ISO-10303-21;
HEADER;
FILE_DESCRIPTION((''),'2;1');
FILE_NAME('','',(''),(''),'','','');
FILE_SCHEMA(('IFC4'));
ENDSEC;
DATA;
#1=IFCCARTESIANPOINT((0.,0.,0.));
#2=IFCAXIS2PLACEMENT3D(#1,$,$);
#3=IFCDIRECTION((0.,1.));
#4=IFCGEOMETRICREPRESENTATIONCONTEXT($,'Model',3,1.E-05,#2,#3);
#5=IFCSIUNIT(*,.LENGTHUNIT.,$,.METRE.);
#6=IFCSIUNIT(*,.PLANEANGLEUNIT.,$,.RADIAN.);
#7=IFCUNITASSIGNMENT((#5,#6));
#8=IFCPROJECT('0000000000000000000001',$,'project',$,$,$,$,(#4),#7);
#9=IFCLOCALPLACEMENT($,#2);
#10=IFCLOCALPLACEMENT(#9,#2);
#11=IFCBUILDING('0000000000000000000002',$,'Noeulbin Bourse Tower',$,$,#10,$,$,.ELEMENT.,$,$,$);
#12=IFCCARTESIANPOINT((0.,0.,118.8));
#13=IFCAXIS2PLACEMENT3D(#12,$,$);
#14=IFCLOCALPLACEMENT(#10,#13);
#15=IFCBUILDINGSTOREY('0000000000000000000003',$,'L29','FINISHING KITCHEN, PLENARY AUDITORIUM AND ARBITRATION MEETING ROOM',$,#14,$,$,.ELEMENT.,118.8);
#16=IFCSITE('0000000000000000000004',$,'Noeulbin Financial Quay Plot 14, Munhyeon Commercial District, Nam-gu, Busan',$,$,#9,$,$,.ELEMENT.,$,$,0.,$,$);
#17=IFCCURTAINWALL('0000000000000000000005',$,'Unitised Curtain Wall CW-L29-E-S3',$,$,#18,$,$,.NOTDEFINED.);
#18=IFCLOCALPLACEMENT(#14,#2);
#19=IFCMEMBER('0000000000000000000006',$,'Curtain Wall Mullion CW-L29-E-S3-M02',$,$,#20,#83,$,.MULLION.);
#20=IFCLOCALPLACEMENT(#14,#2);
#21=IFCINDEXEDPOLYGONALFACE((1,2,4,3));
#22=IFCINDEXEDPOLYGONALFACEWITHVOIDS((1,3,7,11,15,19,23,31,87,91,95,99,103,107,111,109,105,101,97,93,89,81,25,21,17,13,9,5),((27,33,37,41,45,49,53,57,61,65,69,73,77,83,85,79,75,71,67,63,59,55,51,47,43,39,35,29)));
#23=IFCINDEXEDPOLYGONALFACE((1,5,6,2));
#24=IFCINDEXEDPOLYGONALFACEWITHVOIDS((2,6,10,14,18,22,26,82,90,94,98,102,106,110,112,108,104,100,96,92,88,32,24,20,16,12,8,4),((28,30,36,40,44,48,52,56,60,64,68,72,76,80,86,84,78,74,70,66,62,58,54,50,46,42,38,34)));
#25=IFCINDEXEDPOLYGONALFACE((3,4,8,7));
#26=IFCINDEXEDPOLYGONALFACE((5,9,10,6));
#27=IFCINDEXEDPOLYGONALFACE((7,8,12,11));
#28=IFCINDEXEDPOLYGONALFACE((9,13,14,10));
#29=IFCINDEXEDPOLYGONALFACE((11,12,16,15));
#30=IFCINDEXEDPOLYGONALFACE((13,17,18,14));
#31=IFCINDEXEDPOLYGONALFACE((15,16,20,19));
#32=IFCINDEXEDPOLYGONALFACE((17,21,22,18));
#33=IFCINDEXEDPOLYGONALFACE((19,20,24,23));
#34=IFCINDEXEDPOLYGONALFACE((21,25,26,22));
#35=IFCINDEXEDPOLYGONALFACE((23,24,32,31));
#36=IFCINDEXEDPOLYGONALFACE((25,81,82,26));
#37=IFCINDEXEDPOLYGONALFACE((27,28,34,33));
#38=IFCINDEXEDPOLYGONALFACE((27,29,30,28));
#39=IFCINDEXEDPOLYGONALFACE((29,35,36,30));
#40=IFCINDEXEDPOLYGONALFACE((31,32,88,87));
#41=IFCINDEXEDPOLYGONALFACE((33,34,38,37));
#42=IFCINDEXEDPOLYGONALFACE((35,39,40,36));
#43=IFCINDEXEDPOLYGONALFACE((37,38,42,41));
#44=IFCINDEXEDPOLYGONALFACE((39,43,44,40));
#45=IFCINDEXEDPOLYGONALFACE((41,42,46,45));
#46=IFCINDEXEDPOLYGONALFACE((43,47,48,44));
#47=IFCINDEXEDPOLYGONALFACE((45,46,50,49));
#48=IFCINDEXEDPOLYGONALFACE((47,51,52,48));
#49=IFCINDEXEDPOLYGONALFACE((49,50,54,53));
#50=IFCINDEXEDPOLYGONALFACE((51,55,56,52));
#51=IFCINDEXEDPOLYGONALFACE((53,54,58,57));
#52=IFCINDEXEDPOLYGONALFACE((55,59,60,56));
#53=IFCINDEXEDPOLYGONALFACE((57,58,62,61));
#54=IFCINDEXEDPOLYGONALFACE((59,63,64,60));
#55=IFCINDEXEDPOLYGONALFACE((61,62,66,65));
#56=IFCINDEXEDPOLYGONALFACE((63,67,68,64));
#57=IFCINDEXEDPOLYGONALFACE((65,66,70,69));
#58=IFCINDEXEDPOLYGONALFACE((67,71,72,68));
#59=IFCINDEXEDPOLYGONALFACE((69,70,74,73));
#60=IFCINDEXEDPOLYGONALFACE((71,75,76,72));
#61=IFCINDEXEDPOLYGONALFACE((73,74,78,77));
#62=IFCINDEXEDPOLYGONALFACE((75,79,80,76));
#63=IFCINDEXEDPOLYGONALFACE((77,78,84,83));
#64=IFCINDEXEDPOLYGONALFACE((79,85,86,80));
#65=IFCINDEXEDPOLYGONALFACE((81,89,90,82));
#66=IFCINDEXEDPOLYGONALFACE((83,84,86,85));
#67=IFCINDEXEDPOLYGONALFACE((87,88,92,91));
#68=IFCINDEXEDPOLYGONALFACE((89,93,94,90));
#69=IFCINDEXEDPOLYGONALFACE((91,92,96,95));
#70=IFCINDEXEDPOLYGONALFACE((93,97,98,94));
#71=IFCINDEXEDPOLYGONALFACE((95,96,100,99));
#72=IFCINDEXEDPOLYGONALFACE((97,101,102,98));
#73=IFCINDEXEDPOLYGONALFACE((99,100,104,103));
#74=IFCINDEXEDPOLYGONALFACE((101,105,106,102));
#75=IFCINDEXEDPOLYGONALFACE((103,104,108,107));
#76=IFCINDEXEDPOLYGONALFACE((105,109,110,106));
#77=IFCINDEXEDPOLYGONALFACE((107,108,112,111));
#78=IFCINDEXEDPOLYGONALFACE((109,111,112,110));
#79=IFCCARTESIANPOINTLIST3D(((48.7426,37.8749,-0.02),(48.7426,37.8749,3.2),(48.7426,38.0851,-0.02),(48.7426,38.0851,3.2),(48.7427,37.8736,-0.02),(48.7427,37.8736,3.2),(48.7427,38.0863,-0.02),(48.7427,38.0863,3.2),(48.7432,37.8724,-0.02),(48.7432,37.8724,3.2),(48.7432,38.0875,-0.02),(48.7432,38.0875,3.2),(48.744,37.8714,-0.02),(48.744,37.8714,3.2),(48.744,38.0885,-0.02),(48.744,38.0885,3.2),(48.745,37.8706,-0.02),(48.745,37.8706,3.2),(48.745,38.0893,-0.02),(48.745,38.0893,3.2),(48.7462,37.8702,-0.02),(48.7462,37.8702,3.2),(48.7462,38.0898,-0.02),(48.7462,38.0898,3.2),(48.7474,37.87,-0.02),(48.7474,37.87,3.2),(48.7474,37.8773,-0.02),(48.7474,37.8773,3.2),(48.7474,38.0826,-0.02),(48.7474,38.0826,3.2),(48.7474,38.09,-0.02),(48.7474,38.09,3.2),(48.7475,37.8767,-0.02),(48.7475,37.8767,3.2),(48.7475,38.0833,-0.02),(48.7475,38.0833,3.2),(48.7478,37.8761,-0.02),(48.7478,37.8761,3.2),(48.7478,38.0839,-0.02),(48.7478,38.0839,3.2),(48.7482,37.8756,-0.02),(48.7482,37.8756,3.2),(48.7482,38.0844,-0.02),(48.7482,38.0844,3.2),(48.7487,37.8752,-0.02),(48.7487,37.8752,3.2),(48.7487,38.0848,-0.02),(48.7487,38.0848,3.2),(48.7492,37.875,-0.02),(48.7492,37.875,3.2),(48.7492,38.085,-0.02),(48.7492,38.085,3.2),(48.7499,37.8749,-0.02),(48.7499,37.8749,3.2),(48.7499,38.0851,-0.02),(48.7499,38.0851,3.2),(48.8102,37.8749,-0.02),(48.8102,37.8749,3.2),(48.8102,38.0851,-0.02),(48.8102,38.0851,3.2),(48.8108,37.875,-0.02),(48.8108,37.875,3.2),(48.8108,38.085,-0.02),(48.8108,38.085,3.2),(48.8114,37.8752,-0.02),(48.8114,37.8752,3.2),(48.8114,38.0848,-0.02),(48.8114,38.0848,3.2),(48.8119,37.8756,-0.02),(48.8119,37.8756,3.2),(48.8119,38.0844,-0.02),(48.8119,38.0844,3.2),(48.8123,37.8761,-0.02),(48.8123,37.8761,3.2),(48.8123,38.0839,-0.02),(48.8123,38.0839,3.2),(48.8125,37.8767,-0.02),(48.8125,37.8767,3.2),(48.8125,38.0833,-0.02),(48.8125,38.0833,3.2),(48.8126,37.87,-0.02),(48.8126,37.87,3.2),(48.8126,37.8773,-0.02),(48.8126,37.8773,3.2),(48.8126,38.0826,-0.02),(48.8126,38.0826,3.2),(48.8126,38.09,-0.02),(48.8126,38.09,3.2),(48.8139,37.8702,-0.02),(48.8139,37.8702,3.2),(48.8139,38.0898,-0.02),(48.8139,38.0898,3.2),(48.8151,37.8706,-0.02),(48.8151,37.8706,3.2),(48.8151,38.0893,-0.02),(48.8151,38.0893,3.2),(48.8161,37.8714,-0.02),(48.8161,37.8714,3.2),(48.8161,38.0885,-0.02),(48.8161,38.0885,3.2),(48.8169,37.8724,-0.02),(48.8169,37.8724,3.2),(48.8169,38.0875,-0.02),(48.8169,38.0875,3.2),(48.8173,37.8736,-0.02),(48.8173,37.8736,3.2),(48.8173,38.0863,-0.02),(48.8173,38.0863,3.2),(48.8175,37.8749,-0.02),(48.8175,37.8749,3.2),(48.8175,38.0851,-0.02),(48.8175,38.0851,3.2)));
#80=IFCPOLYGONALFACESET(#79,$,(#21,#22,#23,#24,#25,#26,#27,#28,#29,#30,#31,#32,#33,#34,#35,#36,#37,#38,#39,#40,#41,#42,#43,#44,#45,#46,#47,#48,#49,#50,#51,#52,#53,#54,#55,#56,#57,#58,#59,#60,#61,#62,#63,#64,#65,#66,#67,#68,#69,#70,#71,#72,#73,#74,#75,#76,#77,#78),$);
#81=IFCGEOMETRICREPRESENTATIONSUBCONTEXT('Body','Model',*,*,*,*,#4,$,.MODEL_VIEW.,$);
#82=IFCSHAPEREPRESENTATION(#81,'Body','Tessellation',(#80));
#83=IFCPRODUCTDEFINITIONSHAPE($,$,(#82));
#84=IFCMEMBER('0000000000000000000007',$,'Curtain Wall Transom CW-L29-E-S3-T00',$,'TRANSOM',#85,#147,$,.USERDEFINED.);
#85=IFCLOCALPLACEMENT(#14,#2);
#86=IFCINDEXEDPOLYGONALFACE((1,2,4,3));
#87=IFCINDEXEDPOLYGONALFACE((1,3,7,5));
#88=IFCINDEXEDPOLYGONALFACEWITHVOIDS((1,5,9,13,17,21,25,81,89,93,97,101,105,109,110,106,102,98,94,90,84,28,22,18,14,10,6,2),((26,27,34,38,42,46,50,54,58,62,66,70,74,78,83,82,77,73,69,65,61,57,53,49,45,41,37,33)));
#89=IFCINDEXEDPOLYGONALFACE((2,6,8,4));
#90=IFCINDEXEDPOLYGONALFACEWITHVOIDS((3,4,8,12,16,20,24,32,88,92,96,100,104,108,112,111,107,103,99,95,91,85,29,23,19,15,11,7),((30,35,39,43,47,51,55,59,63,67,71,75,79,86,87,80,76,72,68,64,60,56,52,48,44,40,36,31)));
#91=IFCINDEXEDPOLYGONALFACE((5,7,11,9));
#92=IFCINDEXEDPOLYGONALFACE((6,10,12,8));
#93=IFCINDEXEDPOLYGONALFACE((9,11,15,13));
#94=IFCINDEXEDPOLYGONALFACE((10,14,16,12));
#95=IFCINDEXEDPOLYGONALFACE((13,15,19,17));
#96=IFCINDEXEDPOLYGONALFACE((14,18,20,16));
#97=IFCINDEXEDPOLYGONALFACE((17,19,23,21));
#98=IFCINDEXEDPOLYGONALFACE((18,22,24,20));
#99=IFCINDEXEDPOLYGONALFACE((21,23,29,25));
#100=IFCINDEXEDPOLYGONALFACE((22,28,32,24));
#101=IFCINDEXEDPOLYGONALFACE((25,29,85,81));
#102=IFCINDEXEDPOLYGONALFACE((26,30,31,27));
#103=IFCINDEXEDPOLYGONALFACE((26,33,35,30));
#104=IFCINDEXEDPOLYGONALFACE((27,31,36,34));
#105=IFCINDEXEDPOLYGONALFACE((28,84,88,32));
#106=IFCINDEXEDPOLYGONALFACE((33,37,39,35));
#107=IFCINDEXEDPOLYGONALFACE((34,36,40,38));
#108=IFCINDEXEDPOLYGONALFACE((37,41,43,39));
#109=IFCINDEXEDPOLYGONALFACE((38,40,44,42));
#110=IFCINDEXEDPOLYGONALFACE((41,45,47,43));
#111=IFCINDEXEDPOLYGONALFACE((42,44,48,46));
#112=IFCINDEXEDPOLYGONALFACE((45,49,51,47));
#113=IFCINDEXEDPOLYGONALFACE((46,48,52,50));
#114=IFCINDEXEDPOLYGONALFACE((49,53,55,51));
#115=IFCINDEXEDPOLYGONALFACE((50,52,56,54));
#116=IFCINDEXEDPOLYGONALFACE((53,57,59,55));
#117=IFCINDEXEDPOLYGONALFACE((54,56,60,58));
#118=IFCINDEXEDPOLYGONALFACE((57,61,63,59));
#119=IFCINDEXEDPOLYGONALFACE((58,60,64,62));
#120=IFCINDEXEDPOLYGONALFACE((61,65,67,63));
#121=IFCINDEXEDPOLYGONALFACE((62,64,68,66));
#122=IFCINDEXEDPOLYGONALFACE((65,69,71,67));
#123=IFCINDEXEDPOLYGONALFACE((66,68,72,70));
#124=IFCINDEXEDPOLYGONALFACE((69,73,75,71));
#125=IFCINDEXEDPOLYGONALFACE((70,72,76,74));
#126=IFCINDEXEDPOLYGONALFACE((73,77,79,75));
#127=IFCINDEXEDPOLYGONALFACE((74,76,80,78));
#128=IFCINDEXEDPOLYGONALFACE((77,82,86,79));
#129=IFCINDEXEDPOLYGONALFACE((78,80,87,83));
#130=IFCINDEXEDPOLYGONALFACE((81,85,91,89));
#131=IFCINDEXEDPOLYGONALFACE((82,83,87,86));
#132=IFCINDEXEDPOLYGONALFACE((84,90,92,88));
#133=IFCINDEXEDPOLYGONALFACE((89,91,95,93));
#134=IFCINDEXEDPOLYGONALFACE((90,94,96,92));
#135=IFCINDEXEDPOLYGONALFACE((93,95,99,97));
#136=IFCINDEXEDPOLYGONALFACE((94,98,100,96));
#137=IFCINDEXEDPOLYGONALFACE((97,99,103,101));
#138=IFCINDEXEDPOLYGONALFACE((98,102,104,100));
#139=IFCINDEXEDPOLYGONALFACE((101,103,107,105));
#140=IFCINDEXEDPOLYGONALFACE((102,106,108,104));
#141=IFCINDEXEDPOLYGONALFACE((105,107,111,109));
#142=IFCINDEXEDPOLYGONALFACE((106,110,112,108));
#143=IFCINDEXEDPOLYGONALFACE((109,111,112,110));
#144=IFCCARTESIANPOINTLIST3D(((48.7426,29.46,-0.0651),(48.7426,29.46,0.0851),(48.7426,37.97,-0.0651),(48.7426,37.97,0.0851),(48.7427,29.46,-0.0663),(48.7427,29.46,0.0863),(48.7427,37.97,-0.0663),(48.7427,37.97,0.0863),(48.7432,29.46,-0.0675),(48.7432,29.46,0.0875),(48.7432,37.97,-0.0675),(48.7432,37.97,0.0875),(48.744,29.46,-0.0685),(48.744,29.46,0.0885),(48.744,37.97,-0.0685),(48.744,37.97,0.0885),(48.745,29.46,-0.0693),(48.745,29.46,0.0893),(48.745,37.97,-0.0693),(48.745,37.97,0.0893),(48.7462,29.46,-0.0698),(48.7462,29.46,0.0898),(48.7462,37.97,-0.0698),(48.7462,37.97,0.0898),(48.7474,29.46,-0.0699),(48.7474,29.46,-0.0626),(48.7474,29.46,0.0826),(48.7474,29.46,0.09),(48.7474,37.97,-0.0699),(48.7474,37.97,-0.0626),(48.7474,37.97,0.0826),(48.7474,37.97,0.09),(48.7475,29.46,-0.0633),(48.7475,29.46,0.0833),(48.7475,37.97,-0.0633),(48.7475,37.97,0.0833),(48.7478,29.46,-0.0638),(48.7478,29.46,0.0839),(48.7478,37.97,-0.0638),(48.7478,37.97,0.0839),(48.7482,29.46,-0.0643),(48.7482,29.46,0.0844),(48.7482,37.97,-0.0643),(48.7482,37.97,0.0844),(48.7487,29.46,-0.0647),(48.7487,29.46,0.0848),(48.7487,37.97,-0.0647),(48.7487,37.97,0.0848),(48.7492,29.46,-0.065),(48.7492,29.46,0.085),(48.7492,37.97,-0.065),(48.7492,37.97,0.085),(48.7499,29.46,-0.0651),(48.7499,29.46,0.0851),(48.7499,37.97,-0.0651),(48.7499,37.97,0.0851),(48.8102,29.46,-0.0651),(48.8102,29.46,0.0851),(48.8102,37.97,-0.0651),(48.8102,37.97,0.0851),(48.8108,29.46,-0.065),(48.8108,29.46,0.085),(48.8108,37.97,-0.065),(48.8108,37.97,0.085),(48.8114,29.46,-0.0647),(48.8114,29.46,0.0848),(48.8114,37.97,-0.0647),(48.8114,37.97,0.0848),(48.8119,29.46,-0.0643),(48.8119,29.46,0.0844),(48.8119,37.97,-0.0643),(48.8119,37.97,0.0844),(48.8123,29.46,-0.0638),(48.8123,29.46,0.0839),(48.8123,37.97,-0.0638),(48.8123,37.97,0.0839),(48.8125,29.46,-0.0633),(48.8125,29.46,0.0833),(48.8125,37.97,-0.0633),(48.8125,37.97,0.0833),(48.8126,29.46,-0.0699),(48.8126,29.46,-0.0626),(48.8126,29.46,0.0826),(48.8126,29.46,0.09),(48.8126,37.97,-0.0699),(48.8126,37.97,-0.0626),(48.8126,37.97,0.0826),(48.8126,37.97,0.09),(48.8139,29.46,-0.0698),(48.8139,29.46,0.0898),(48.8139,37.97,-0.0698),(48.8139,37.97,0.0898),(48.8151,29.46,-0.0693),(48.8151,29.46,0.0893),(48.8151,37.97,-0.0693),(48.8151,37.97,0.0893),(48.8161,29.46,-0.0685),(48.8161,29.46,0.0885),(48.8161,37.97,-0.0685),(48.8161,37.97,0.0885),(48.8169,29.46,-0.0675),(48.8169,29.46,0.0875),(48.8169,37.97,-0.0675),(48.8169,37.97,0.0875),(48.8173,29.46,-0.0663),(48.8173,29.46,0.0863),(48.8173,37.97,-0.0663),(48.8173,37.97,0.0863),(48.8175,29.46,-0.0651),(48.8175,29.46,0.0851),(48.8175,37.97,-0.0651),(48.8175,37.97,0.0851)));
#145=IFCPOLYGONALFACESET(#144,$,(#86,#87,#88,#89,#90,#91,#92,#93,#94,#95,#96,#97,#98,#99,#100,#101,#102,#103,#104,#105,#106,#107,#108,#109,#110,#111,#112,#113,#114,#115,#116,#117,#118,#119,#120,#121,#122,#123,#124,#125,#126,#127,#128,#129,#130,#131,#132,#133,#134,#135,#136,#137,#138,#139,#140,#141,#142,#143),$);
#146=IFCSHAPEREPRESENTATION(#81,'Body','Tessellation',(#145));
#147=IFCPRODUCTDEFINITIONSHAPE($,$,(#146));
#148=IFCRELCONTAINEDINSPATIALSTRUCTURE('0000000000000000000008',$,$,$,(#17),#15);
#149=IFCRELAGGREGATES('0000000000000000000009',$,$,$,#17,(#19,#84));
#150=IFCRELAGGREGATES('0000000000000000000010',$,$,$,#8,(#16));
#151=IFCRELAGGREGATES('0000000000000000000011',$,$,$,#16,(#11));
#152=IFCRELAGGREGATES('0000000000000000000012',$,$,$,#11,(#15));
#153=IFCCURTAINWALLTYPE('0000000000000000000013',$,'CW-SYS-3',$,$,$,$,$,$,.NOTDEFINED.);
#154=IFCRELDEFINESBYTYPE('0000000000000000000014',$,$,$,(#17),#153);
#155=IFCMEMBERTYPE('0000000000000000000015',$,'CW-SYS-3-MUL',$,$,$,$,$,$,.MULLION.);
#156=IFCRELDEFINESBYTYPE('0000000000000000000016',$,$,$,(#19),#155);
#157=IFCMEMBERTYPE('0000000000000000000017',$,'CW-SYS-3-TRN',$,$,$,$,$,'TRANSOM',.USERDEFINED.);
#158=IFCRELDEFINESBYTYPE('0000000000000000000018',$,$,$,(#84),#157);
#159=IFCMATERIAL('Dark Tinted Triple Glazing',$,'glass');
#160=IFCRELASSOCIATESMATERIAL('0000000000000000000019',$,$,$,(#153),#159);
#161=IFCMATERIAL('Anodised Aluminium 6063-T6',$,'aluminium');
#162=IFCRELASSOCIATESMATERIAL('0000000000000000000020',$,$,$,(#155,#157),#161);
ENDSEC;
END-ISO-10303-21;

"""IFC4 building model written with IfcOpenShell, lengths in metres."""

from ifc_helpers import new_model, si_unit, direction, frame, origin, origin_2d, place, context, subcontext, project, spatial, hollow_rectangle, extrude, material, material_profile, profile_set, type_object, element, aggregate, save


model = new_model("IFC4")

# Units and contexts
model_context = context("Model", 3, precision=1e-05, world=origin(), true_north=direction((0.0, 1.0)))
body_context = subcontext(model_context, "Body", "Model", "MODEL_VIEW")
ifc_project = project(units=[si_unit("LENGTHUNIT", "METRE"), si_unit("PLANEANGLEUNIT", "RADIAN")], contexts=[model_context])

# Site, building, storey
site_placement = place(None, origin())
site = spatial("IfcSite", under=ifc_project, at=site_placement, Name="Noeulbin Financial Quay Plot 14, Munhyeon Commercial District, Nam-gu, Busan", CompositionType="ELEMENT", RefElevation=0.0)
building_placement = place(site_placement, origin())
building = spatial("IfcBuilding", under=site, at=building_placement, Name="Noeulbin Bourse Tower", CompositionType="ELEMENT")
storey_placement = place(building_placement, frame((0.0, 0.0, 118.8)))
storey = spatial("IfcBuildingStorey", under=building, at=storey_placement, Name="L29", Description="FINISHING KITCHEN, PLENARY AUDITORIUM AND ARBITRATION MEETING ROOM", CompositionType="ELEMENT", Elevation=118.8)

# Curtain wall, members
ifc_material_1 = material(Name="Dark Tinted Triple Glazing", Category="glass")
curtain_wall_type = type_object("IfcCurtainWallType", Name="CW-SYS-3", PredefinedType="NOTDEFINED", material=ifc_material_1)
ifc_material_2 = material(Name="Anodised Aluminium 6063-T6", Category="aluminium")
ifc_material_profile_1 = material_profile(ifc_material_2, hollow_rectangle(XDim=0.075, YDim=0.22, WallThickness=0.0049, InnerFilletRadius=0.0024, OuterFilletRadius=0.0049, at=origin_2d()), Name="ALU-MULL-75x220x5", Category="LoadBearing")
ifc_profile_set_1 = profile_set([ifc_material_profile_1], Name="Anodised Aluminium 6063-T6")
member_type_1 = type_object("IfcMemberType", Name="CW-SYS-3-MUL", PredefinedType="MULLION", material=ifc_profile_set_1)
curtain_wall_1_placement = place(storey_placement, origin())
curtain_wall_1 = element("IfcCurtainWall", 1, at=curtain_wall_1_placement, inside=storey, type_object=curtain_wall_type, Name="Unitised Curtain Wall CW-L29-E-S3", PredefinedType="NOTDEFINED")
member_1_placement = place(storey_placement, frame((48.78, 37.98, -0.02), z_axis=(0.0, 0.0, 1.0), x_axis=(1.0, 0.0, 0.0)))
member_1 = element("IfcMember", 2, at=member_1_placement, type_object=member_type_1, Name="Curtain Wall Mullion CW-L29-E-S3-M02", PredefinedType="MULLION", context=body_context, shape_type="SweptSolid", body=[
    extrude(hollow_rectangle(XDim=0.075, YDim=0.22, WallThickness=0.0049, InnerFilletRadius=0.0024, OuterFilletRadius=0.0049, at=origin_2d()), origin(), (0.0, 0.0, 1.0), 3.22),
])
ifc_material_profile_2 = material_profile(ifc_material_2, hollow_rectangle(XDim=0.075, YDim=0.1599, WallThickness=0.0049, InnerFilletRadius=0.0024, OuterFilletRadius=0.0049, at=origin_2d()), Name="ALU-TRAN-75x160x5", Category="LoadBearing")
ifc_profile_set_2 = profile_set([ifc_material_profile_2], Name="Anodised Aluminium 6063-T6")
member_type_2 = type_object("IfcMemberType", Name="CW-SYS-3-TRN", ElementType="TRANSOM", PredefinedType="USERDEFINED", material=ifc_profile_set_2)
member_2_placement = place(storey_placement, frame((48.78, 29.46, 0.01), z_axis=(0.0, 1.0, 0.0), x_axis=(-1.0, 0.0, 0.0)))
member_2 = element("IfcMember", 3, at=member_2_placement, type_object=member_type_2, Name="Curtain Wall Transom CW-L29-E-S3-T00", ObjectType="TRANSOM", PredefinedType="USERDEFINED", context=body_context, shape_type="SweptSolid", body=[
    extrude(hollow_rectangle(XDim=0.075, YDim=0.1599, WallThickness=0.0049, InnerFilletRadius=0.0024, OuterFilletRadius=0.0049, at=origin_2d()), origin(), (0.0, 0.0, 1.0), 8.51),
])

aggregate(curtain_wall_1, [member_1, member_2])

save(model, "model.ifc")
